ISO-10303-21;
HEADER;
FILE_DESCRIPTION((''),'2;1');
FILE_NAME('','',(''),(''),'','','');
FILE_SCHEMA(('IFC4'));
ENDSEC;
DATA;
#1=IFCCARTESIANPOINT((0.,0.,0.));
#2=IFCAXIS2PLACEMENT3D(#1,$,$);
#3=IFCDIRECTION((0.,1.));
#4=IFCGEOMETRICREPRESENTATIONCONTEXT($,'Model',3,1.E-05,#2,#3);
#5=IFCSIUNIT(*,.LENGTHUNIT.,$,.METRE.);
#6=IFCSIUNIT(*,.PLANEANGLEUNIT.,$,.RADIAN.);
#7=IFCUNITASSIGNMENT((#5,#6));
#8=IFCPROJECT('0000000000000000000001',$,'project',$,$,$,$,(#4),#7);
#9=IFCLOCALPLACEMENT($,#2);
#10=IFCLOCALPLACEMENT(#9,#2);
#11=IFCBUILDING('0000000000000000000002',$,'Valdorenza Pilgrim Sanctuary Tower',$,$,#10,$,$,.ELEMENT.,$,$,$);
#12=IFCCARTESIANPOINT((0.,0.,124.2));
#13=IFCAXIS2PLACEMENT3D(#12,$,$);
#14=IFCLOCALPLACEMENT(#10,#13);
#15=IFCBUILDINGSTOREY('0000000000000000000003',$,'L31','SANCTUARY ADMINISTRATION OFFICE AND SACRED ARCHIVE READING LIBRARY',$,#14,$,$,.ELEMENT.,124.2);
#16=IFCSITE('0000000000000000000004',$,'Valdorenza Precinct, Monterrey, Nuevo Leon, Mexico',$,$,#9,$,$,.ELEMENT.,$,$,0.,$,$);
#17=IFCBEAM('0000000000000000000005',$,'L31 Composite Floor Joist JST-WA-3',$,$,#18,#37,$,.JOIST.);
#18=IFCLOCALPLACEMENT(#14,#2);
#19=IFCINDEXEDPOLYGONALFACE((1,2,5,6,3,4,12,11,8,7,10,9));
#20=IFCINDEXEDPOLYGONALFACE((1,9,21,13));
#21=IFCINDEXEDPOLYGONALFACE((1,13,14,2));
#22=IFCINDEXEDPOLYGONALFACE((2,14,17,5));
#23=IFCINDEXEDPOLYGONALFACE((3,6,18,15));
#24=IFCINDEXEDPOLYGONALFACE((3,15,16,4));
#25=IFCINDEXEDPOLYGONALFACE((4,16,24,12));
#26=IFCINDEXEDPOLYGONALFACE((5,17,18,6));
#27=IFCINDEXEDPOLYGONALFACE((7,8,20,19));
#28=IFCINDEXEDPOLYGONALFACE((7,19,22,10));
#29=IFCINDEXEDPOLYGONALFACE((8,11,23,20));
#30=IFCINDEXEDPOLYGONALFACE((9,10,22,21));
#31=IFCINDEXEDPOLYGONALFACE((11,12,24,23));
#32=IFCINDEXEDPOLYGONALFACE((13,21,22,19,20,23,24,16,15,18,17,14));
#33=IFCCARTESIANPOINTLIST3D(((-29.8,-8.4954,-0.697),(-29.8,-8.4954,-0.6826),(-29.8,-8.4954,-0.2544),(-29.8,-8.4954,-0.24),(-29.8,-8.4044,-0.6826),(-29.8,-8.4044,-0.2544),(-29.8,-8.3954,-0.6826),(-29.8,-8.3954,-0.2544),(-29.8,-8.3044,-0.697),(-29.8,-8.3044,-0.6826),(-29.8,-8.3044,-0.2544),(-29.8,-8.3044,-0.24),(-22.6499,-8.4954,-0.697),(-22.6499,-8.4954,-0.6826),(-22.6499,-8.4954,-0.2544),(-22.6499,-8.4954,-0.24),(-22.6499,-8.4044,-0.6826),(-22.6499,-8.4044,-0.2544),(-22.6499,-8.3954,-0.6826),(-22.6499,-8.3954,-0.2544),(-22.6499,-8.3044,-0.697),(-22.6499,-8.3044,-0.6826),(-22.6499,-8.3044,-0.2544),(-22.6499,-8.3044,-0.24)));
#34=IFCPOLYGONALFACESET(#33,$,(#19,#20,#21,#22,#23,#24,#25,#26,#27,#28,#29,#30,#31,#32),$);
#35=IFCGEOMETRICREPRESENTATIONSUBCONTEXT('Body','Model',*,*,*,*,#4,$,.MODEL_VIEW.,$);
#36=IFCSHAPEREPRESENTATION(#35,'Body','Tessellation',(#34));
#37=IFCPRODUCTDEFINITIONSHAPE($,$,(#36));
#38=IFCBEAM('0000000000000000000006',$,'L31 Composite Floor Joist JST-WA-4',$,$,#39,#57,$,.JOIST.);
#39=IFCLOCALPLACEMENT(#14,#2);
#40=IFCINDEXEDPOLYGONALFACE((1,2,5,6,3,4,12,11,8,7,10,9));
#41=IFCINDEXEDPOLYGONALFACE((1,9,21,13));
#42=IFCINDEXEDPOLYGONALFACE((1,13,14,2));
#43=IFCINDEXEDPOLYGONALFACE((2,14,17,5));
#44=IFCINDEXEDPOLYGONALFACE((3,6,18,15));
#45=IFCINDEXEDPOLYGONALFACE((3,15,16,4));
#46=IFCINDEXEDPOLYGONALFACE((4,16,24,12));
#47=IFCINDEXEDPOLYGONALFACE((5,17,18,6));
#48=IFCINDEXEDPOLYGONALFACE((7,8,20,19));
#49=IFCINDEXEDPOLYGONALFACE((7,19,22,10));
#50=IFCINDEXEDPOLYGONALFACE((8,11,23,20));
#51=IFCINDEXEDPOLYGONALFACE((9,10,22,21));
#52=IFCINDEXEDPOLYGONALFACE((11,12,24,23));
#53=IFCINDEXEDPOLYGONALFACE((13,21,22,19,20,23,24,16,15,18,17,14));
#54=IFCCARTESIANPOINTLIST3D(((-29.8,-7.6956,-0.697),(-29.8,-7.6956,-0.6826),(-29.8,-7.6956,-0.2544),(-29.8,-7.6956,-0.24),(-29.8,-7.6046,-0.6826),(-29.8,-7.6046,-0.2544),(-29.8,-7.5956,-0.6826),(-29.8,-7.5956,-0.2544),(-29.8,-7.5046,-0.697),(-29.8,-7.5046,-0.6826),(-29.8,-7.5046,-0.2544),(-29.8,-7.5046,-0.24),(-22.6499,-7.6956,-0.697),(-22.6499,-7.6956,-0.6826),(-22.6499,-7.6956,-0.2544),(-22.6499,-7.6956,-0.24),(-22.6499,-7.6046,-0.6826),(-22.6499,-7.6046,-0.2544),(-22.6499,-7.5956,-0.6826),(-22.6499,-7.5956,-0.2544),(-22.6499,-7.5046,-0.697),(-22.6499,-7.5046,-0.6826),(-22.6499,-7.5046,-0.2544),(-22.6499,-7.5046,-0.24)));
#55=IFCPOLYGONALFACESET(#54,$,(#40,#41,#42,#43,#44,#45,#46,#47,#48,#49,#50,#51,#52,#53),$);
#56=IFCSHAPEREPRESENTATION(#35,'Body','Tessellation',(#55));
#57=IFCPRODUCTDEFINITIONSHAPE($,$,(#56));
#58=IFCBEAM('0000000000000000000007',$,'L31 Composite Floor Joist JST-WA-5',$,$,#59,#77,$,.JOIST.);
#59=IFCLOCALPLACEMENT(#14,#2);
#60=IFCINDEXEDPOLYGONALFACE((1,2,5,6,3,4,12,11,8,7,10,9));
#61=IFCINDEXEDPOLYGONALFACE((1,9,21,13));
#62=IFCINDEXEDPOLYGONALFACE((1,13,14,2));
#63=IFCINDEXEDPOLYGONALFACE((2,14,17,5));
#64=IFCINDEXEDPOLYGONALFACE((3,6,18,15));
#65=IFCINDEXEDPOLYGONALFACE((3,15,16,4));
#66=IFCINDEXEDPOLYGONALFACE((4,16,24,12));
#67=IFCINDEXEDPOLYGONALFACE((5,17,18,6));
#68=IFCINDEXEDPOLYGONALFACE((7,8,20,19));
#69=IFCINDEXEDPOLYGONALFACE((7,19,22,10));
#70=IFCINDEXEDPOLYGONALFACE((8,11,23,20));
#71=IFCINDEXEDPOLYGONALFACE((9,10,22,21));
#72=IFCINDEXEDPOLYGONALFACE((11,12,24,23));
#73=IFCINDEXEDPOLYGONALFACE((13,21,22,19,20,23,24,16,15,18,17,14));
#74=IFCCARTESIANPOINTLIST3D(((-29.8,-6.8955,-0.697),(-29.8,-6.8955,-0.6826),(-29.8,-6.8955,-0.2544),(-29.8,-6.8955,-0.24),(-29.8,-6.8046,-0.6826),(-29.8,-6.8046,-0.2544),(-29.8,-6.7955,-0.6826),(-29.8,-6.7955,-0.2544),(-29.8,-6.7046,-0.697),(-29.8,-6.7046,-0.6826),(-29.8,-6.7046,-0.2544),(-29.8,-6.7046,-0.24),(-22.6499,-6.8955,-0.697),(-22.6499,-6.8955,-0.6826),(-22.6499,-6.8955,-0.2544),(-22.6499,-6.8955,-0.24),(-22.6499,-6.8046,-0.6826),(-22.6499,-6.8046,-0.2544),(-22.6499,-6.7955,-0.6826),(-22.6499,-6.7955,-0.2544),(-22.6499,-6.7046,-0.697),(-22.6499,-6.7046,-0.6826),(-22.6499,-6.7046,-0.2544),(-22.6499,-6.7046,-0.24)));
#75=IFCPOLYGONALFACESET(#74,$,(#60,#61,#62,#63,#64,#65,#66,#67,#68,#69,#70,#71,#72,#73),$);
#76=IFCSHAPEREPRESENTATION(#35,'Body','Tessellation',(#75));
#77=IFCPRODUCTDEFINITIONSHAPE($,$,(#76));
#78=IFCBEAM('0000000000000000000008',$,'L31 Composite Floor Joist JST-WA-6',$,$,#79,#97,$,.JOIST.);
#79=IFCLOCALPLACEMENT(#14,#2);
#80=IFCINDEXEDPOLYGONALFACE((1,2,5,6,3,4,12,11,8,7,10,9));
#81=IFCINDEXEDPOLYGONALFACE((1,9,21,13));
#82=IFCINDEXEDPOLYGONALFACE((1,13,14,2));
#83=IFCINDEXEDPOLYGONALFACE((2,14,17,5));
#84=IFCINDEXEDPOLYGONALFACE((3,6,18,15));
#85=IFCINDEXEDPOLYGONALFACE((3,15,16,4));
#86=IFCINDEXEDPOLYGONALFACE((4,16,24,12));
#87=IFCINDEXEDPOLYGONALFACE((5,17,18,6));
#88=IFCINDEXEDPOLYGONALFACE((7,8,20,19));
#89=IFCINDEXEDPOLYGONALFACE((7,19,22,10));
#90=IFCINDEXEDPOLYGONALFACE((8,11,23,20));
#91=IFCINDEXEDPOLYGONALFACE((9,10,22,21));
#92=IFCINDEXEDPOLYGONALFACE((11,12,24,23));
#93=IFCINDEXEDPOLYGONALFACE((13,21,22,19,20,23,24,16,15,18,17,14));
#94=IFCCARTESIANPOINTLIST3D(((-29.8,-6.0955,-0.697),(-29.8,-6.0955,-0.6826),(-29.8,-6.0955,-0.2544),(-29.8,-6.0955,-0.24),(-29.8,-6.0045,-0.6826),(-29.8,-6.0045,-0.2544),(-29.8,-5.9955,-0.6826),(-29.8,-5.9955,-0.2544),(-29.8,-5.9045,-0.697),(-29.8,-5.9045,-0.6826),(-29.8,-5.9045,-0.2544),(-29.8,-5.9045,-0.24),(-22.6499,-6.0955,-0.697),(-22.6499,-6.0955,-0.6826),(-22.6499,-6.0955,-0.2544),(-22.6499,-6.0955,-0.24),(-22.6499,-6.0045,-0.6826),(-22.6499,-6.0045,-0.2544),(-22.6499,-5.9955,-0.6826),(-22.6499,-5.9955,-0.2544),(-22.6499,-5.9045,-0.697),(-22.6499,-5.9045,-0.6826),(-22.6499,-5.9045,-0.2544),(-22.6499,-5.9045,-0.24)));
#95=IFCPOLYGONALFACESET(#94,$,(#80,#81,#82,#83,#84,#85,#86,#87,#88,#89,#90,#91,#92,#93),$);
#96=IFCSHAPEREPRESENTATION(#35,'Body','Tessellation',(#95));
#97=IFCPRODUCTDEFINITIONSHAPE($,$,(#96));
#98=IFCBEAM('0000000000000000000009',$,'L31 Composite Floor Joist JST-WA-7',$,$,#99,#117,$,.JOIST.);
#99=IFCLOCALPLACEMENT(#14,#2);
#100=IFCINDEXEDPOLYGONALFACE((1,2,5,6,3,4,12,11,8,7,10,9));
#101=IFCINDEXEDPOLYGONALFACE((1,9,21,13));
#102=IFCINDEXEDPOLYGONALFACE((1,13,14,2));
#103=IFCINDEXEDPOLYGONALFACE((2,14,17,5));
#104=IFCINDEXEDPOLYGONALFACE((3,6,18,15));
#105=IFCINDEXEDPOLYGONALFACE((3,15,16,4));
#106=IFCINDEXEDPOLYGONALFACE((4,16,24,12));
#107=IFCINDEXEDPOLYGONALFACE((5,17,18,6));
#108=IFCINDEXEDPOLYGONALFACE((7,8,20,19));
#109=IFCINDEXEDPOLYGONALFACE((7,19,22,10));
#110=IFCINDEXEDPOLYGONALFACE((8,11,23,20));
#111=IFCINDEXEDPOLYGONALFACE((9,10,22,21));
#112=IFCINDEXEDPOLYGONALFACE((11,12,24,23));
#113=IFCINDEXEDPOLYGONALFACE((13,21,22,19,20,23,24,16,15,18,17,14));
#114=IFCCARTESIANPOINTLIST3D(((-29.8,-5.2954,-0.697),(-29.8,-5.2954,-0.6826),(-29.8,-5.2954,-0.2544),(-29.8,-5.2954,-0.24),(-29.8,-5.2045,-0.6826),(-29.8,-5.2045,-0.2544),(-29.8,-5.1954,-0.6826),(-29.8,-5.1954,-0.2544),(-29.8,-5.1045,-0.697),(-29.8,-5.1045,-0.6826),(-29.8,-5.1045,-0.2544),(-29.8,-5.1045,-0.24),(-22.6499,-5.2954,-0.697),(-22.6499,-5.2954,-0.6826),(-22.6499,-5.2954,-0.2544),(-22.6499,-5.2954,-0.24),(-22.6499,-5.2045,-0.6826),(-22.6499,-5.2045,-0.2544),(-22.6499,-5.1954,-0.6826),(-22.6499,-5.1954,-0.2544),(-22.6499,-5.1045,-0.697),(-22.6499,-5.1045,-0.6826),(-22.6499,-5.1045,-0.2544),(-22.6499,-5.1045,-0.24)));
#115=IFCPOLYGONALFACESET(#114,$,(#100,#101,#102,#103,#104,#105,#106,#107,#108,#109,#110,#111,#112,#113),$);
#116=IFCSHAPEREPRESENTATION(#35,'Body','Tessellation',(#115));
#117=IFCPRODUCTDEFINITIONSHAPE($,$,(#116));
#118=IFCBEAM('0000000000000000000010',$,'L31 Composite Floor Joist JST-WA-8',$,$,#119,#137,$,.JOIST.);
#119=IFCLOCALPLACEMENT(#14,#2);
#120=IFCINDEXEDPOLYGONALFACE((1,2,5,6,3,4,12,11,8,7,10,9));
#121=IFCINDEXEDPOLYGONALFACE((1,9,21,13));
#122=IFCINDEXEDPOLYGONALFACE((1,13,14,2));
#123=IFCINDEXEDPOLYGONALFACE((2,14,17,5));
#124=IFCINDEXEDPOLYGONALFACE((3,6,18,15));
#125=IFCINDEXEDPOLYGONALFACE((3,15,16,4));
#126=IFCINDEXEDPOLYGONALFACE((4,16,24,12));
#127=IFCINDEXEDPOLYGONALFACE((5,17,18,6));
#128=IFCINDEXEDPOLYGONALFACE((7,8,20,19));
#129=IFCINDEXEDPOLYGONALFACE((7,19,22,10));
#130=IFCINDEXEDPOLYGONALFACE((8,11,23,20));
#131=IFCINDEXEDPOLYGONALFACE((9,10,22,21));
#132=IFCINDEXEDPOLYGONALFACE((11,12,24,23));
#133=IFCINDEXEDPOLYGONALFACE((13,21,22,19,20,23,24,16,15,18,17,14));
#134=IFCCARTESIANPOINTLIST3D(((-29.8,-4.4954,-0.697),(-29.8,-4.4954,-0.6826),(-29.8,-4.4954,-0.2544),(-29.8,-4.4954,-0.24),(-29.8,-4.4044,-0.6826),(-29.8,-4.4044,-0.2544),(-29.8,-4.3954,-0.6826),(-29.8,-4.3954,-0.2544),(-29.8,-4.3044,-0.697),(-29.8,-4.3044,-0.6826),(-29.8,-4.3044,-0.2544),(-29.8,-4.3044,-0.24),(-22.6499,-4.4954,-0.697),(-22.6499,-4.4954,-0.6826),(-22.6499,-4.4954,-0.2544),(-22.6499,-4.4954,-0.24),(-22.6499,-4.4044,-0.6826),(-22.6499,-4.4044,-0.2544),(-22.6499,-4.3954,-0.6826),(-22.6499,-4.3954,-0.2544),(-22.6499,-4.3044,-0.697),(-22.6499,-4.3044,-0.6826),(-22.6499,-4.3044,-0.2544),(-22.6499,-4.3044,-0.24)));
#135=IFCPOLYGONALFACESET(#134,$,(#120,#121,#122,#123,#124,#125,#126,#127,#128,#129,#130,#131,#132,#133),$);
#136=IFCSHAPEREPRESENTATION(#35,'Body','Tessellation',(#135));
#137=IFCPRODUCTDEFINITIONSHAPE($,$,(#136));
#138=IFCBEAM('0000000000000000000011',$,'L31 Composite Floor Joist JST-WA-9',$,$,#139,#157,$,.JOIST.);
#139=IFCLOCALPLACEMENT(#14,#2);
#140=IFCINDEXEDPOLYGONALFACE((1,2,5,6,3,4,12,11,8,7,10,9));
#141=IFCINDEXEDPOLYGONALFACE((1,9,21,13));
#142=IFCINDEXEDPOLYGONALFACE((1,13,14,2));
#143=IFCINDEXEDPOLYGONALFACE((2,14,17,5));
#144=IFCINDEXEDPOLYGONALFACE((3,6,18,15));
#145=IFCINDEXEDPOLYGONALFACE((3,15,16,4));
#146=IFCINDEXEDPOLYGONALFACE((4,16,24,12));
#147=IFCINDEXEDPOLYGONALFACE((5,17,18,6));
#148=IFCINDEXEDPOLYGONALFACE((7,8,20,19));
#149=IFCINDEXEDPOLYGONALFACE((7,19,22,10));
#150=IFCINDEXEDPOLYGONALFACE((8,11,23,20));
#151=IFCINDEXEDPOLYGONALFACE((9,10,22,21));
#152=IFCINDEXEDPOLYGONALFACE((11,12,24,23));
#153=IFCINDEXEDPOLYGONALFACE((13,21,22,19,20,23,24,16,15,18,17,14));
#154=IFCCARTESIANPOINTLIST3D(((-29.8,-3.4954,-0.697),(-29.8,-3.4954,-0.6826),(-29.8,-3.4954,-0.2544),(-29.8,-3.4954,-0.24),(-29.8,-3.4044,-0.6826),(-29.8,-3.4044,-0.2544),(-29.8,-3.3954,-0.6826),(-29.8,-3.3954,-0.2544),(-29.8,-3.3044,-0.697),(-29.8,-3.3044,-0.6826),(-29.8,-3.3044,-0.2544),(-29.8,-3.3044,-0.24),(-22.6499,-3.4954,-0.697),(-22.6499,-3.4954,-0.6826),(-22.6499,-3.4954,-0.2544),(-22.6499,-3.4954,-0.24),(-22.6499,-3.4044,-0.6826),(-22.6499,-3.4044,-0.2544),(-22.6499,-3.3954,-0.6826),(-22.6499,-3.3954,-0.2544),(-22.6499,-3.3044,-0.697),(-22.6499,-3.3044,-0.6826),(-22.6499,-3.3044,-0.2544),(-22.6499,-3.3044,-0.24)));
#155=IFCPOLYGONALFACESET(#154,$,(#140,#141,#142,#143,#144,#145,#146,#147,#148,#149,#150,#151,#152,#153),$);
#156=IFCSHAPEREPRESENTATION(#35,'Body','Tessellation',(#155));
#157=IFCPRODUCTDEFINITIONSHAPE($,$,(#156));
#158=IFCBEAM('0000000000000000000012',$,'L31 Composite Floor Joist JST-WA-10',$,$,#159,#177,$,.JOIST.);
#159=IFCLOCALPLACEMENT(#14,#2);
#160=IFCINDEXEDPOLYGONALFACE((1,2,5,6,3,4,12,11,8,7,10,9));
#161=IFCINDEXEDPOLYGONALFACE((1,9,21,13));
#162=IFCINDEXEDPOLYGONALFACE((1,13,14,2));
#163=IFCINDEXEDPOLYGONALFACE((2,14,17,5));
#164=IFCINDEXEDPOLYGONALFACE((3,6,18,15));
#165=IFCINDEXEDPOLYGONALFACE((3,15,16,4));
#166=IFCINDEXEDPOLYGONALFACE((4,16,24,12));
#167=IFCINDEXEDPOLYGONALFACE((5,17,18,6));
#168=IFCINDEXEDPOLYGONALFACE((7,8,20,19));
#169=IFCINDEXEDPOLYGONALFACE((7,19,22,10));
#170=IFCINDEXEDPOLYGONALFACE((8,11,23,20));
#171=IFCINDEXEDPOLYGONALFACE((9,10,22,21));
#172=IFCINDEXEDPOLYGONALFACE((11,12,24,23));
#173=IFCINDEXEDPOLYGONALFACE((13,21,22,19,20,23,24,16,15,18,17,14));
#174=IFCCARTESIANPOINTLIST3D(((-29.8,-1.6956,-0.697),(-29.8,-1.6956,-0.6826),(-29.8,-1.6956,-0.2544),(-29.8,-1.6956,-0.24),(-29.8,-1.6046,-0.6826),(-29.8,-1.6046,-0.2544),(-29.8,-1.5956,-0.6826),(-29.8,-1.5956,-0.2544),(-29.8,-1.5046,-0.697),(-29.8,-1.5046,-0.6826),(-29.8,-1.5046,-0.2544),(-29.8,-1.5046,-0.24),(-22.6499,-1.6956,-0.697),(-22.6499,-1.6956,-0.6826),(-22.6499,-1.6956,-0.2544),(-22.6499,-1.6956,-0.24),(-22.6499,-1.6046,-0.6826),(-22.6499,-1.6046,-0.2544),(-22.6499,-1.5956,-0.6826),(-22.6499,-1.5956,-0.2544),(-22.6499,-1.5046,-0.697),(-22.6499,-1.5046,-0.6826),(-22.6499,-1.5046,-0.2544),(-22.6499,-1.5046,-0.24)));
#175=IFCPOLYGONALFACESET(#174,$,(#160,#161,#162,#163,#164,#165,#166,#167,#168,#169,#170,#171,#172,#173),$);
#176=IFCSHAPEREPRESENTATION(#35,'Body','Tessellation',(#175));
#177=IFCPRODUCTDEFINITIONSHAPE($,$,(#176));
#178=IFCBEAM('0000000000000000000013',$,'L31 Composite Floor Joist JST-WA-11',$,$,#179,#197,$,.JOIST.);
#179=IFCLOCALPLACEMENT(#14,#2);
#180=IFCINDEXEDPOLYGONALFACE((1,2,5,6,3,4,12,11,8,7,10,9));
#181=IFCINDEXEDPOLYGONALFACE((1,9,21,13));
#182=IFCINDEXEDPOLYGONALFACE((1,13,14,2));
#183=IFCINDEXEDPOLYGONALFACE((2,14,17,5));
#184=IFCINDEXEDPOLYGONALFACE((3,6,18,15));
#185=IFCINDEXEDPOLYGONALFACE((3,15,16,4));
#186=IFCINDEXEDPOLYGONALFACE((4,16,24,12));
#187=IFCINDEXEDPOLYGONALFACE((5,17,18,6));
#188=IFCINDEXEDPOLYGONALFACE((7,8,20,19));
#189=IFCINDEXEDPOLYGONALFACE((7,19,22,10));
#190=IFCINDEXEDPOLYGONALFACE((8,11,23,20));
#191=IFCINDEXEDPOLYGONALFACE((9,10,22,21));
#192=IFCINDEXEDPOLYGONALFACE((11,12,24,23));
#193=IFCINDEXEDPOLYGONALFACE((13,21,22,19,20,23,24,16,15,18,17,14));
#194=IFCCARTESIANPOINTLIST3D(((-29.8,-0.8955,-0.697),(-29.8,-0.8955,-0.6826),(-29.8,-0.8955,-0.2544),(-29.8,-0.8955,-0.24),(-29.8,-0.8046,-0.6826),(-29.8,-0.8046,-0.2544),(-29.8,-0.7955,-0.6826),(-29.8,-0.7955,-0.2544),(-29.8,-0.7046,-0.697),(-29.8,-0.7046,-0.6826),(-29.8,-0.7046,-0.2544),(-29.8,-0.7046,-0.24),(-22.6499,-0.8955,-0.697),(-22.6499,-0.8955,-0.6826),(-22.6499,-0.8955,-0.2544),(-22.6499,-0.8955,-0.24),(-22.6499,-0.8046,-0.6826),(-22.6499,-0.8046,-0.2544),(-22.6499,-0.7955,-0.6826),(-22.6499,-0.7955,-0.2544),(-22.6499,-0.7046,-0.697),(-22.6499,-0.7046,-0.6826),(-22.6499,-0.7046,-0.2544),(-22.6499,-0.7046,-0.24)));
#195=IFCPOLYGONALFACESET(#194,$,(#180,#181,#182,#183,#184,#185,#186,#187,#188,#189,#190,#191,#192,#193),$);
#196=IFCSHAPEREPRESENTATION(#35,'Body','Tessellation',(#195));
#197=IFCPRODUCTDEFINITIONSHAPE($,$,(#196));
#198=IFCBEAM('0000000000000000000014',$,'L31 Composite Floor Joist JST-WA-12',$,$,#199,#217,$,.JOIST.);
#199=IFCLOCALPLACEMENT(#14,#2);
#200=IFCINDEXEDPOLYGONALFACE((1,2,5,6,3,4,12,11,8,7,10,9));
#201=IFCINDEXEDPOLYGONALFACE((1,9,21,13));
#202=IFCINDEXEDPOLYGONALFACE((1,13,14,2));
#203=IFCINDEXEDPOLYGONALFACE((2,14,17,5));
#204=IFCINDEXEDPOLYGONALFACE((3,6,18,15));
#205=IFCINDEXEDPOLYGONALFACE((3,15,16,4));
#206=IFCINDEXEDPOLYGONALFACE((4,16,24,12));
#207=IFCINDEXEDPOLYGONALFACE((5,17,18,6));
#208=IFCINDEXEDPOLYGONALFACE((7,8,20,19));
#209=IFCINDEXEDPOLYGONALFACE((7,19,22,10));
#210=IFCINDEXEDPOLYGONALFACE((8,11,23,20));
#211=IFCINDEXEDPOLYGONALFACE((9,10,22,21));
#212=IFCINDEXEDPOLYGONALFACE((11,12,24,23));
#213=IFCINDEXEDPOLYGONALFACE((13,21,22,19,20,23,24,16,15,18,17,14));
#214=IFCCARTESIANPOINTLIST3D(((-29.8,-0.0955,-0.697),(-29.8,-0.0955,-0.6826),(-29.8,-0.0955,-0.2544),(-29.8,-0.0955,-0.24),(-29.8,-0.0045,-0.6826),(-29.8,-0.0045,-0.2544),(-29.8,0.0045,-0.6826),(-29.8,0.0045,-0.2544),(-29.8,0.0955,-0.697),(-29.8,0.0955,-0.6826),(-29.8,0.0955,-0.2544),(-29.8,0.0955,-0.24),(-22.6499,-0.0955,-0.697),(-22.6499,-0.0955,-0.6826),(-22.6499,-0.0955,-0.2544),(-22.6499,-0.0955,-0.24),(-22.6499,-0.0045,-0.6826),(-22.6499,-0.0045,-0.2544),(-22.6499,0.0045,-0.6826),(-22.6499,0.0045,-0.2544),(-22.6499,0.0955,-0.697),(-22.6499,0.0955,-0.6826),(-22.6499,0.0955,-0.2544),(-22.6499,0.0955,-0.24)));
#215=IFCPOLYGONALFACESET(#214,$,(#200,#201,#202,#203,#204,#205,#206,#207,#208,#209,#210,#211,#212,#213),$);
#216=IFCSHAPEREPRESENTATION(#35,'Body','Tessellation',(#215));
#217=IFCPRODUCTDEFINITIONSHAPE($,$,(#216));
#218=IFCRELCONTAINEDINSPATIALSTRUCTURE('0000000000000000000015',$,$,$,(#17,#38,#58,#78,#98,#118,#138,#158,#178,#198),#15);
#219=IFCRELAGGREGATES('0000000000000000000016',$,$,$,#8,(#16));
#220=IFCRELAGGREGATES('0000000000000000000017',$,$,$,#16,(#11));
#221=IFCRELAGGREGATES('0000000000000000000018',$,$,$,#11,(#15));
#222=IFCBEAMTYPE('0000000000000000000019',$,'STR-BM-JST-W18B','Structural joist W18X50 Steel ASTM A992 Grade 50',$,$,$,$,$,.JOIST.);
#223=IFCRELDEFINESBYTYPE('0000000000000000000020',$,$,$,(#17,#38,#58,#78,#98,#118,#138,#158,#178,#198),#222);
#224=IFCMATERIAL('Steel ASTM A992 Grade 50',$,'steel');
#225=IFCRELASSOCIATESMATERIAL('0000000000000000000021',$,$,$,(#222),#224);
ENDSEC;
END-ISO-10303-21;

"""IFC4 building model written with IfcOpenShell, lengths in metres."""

from ifc_helpers import new_model, si_unit, direction, frame, origin, origin_2d, place, context, subcontext, project, spatial, i_section, extrude, source, transform, mapped, material, material_profile, profile_set, type_object, element, save


model = new_model("IFC4")

# Units and contexts
model_context = context("Model", 3, precision=1e-05, world=origin(), true_north=direction((0.0, 1.0)))
body_context = subcontext(model_context, "Body", "Model", "MODEL_VIEW")
ifc_project = project(units=[si_unit("LENGTHUNIT", "METRE"), si_unit("PLANEANGLEUNIT", "RADIAN")], contexts=[model_context])

# Site, building, storey
site_placement = place(None, origin())
site = spatial("IfcSite", under=ifc_project, at=site_placement, Name="Valdorenza Precinct, Monterrey, Nuevo Leon, Mexico", CompositionType="ELEMENT", RefElevation=0.0)
building_placement = place(site_placement, origin())
building = spatial("IfcBuilding", under=site, at=building_placement, Name="Valdorenza Pilgrim Sanctuary Tower", CompositionType="ELEMENT")
storey_placement = place(building_placement, frame((0.0, 0.0, 124.2)))
storey = spatial("IfcBuildingStorey", under=building, at=storey_placement, Name="L31", Description="SANCTUARY ADMINISTRATION OFFICE AND SACRED ARCHIVE READING LIBRARY", CompositionType="ELEMENT", Elevation=124.2)

# Beams
ifc_material_1 = material(Name="Steel ASTM A992 Grade 50", Category="steel")
ifc_material_profile_1 = material_profile(ifc_material_1, i_section(OverallWidth=0.1909, OverallDepth=0.457, WebThickness=0.009, FlangeThickness=0.0144, at=origin_2d()), Name="W18X50")
ifc_profile_set_1 = profile_set([ifc_material_profile_1], Name="Steel ASTM A992 Grade 50")
beam_type_1 = type_object("IfcBeamType", Name="STR-BM-JST-W18B", Description="Structural joist W18X50 Steel ASTM A992 Grade 50", PredefinedType="JOIST", material=ifc_profile_set_1)
shared_shape_1 = source(origin(), body_context, "Body", "SweptSolid", [
    extrude(i_section(OverallWidth=0.1909, OverallDepth=0.457, WebThickness=0.009, FlangeThickness=0.0144, at=origin_2d()), origin(), (0.0, 0.0, 1.0), 7.1501),
])
for number, where, z_axis, x_axis, name in (
    (1, (-29.8, -8.3999, -0.4685), (1.0, 0.0, 0.0), (0.0, 1.0, 0.0), "L31 Composite Floor Joist JST-WA-3"),
    (2, (-29.8, -7.6001, -0.4685), (1.0, 0.0, 0.0), (0.0, 1.0, 0.0), "L31 Composite Floor Joist JST-WA-4"),
    (3, (-29.8, -6.8, -0.4685), (1.0, 0.0, 0.0), (0.0, 1.0, 0.0), "L31 Composite Floor Joist JST-WA-5"),
    (4, (-29.8, -6.0, -0.4685), (1.0, 0.0, 0.0), (0.0, 1.0, 0.0), "L31 Composite Floor Joist JST-WA-6"),
    (5, (-29.8, -5.2, -0.4685), (1.0, 0.0, 0.0), (0.0, 1.0, 0.0), "L31 Composite Floor Joist JST-WA-7"),
    (6, (-29.8, -4.3999, -0.4685), (1.0, 0.0, 0.0), (0.0, 1.0, 0.0), "L31 Composite Floor Joist JST-WA-8"),
    (7, (-29.8, -3.3999, -0.4685), (1.0, 0.0, 0.0), (0.0, 1.0, 0.0), "L31 Composite Floor Joist JST-WA-9"),
    (8, (-29.8, -1.6001, -0.4685), (1.0, 0.0, 0.0), (0.0, 1.0, 0.0), "L31 Composite Floor Joist JST-WA-10"),
    (9, (-29.8, -0.8, -0.4685), (1.0, 0.0, 0.0), (0.0, 1.0, 0.0), "L31 Composite Floor Joist JST-WA-11"),
    (10, (-29.8, 0.0, -0.4685), (1.0, 0.0, 0.0), (0.0, 1.0, 0.0), "L31 Composite Floor Joist JST-WA-12"),
):
    element("IfcBeam", number, at=place(storey_placement, frame(where, z_axis=z_axis, x_axis=x_axis)), inside=storey, type_object=beam_type_1, Name=name, PredefinedType="JOIST", context=body_context, shape_type="MappedRepresentation", body=[
        mapped(shared_shape_1, transform((0.0, 0.0, 0.0), x_axis=(1.0, 0.0, 0.0), y_axis=(0.0, 1.0, 0.0), z_axis=(0.0, 0.0, 1.0), scale=1.0)),
    ])

save(model, "model.ifc")
